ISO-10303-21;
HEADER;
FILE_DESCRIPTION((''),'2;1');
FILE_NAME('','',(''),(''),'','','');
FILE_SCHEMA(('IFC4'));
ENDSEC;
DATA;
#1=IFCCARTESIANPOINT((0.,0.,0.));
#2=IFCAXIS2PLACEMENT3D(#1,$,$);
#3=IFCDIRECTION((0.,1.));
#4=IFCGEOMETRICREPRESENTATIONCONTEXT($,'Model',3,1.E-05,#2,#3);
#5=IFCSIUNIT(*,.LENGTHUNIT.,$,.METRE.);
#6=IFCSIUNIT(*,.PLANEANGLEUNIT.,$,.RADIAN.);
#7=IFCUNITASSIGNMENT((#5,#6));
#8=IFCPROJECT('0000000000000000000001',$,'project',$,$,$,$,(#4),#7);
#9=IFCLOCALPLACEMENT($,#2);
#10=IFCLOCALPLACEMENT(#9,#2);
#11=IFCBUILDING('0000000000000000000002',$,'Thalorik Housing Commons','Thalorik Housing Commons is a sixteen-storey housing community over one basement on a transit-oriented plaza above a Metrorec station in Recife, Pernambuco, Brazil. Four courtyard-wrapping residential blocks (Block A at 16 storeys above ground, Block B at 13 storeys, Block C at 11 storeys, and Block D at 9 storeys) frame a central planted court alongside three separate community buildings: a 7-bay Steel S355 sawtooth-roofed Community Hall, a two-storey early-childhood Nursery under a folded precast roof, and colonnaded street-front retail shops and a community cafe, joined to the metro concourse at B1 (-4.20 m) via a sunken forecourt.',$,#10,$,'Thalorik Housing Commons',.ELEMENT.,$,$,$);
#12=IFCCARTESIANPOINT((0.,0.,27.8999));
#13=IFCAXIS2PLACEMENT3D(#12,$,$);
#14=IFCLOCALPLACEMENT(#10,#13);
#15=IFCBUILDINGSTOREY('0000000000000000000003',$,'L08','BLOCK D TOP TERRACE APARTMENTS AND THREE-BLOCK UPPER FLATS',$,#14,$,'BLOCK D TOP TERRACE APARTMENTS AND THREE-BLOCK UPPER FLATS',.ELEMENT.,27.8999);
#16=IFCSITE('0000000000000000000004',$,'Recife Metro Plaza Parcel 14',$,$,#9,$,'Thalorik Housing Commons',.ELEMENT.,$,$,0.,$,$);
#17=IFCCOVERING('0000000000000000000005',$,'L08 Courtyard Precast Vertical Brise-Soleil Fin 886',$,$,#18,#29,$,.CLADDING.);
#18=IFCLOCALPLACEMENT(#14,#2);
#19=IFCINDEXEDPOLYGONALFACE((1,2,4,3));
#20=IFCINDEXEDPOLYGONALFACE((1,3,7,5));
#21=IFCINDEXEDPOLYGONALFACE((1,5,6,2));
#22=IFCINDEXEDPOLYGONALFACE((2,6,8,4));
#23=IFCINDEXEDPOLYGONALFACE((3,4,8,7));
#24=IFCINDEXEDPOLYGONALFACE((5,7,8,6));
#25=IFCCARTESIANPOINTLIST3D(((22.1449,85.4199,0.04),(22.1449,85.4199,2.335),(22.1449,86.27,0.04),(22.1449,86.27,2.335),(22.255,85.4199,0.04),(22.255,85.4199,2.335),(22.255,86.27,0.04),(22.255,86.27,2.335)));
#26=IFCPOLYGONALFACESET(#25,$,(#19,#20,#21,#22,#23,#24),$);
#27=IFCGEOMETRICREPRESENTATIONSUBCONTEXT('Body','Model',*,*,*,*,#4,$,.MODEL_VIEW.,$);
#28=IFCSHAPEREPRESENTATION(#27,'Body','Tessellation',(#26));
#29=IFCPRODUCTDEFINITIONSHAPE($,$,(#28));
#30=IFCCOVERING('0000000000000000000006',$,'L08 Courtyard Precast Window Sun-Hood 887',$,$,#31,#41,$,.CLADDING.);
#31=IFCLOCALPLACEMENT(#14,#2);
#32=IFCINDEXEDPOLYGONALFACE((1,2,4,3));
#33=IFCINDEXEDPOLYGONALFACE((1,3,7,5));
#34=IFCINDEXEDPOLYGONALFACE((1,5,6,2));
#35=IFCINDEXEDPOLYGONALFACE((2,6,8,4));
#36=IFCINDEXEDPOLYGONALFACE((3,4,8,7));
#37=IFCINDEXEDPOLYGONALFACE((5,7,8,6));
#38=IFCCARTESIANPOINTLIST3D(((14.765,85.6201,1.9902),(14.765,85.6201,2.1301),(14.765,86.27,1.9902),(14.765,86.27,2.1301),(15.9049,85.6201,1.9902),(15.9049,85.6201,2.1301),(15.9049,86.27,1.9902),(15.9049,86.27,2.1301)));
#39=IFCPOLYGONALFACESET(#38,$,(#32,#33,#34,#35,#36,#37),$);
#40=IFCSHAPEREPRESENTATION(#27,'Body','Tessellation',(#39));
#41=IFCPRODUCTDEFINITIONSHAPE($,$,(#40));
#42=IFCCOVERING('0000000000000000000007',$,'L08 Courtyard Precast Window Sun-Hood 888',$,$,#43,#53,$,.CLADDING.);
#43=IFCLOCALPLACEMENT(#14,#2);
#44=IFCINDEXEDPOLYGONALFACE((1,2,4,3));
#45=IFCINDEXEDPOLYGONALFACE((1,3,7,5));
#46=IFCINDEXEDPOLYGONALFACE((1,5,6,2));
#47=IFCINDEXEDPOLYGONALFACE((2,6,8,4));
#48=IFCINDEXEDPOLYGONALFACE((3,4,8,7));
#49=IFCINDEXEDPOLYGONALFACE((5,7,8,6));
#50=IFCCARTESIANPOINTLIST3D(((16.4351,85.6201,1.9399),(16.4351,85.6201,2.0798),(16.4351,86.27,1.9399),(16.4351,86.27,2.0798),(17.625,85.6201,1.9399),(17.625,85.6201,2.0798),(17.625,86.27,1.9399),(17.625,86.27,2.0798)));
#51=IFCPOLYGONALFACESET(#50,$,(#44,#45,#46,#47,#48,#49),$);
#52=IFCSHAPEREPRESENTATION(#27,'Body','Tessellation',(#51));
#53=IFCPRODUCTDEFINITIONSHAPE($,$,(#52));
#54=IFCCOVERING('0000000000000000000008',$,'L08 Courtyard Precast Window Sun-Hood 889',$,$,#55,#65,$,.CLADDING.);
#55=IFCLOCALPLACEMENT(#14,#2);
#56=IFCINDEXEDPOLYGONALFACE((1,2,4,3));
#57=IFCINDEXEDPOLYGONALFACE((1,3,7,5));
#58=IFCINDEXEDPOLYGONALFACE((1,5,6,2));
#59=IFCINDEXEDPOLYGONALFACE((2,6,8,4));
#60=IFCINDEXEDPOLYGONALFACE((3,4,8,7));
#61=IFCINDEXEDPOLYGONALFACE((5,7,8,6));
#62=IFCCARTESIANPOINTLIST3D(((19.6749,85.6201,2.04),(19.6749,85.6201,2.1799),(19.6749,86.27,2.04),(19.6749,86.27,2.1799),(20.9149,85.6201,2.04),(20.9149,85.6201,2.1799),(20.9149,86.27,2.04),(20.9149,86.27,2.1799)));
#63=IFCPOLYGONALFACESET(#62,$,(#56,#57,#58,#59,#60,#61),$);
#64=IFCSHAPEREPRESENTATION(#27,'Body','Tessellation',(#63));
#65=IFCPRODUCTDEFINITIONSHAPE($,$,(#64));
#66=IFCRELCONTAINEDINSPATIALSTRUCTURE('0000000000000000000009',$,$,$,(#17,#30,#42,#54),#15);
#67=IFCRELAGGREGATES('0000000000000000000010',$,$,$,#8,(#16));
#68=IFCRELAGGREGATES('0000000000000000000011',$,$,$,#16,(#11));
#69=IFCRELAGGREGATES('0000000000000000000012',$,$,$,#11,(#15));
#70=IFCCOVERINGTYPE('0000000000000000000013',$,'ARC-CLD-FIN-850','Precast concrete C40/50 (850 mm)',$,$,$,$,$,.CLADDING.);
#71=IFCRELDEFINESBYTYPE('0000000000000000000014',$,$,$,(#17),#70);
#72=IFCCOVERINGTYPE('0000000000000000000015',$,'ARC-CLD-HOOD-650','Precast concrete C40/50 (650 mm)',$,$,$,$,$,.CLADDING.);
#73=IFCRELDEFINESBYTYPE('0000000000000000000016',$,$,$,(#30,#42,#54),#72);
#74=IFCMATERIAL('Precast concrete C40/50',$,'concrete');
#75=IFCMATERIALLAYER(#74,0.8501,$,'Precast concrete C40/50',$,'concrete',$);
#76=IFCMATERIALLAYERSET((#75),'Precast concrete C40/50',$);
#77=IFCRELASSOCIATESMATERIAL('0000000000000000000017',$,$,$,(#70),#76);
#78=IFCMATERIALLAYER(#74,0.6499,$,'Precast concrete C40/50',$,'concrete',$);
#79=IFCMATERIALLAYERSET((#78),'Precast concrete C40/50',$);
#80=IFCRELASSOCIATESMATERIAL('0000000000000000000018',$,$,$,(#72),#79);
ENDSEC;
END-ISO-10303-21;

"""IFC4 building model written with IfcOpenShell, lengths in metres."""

from ifc_helpers import new_model, si_unit, direction, frame, origin, origin_2d, place, context, subcontext, project, spatial, rectangle, extrude, material, layer, layer_set, type_object, element, save


model = new_model("IFC4")

# Units and contexts
model_context = context("Model", 3, precision=1e-05, world=origin(), true_north=direction((0.0, 1.0)))
body_context = subcontext(model_context, "Body", "Model", "MODEL_VIEW")
ifc_project = project(units=[si_unit("LENGTHUNIT", "METRE"), si_unit("PLANEANGLEUNIT", "RADIAN")], contexts=[model_context])

# Site, building, storey
site_placement = place(None, origin())
site = spatial("IfcSite", under=ifc_project, at=site_placement, Name="Recife Metro Plaza Parcel 14", LongName="Thalorik Housing Commons", CompositionType="ELEMENT", RefElevation=0.0)
building_placement = place(site_placement, origin())
building = spatial("IfcBuilding", under=site, at=building_placement, Name="Thalorik Housing Commons", Description="Thalorik Housing Commons is a sixteen-storey housing community over one basement on a transit-oriented plaza above a Metrorec station in Recife, Pernambuco, Brazil. Four courtyard-wrapping residential blocks (Block A at 16 storeys above ground, Block B at 13 storeys, Block C at 11 storeys, and Block D at 9 storeys) frame a central planted court alongside three separate community buildings: a 7-bay Steel S355 sawtooth-roofed Community Hall, a two-storey early-childhood Nursery under a folded precast roof, and colonnaded street-front retail shops and a community cafe, joined to the metro concourse at B1 (-4.20 m) via a sunken forecourt.", LongName="Thalorik Housing Commons", CompositionType="ELEMENT")
storey_placement = place(building_placement, frame((0.0, 0.0, 27.8999)))
storey = spatial("IfcBuildingStorey", under=building, at=storey_placement, Name="L08", Description="BLOCK D TOP TERRACE APARTMENTS AND THREE-BLOCK UPPER FLATS", LongName="BLOCK D TOP TERRACE APARTMENTS AND THREE-BLOCK UPPER FLATS", CompositionType="ELEMENT", Elevation=27.8999)

# Shared definitions
ifc_material_1 = material(Name="Precast concrete C40/50", Category="concrete")

# Coverings
ifc_layer_1 = layer(ifc_material_1, 0.8501, Name="Precast concrete C40/50", Category="concrete")
ifc_layer_set_1 = layer_set([ifc_layer_1], Name="Precast concrete C40/50")
covering_type_1 = type_object("IfcCoveringType", Name="ARC-CLD-FIN-850", Description="Precast concrete C40/50 (850 mm)", PredefinedType="CLADDING", material=ifc_layer_set_1)
covering_1_placement = place(storey_placement, frame((22.2, 85.845, 0.04), z_axis=(0.0, 0.0, 1.0), x_axis=(1.0, 0.0, 0.0)))
element("IfcCovering", 1, at=covering_1_placement, inside=storey, type_object=covering_type_1, Name="L08 Courtyard Precast Vertical Brise-Soleil Fin 886", PredefinedType="CLADDING", context=body_context, shape_type="SweptSolid", body=[
    extrude(rectangle(XDim=0.1101, YDim=0.8501, at=origin_2d()), origin(), (0.0, 0.0, 1.0), 2.2949),
])
ifc_layer_2 = layer(ifc_material_1, 0.6499, Name="Precast concrete C40/50", Category="concrete")
ifc_layer_set_2 = layer_set([ifc_layer_2], Name="Precast concrete C40/50")
covering_type_2 = type_object("IfcCoveringType", Name="ARC-CLD-HOOD-650", Description="Precast concrete C40/50 (650 mm)", PredefinedType="CLADDING", material=ifc_layer_set_2)
covering_2_placement = place(storey_placement, frame((15.335, 85.9451, 1.9902), z_axis=(0.0, 0.0, 1.0), x_axis=(1.0, 0.0, 0.0)))
element("IfcCovering", 2, at=covering_2_placement, inside=storey, type_object=covering_type_2, Name="L08 Courtyard Precast Window Sun-Hood 887", PredefinedType="CLADDING", context=body_context, shape_type="SweptSolid", body=[
    extrude(rectangle(XDim=1.1399, YDim=0.6499, at=origin_2d()), origin(), (0.0, 0.0, 1.0), 0.1399),
])
covering_3_placement = place(storey_placement, frame((17.03, 85.9451, 1.9399), z_axis=(0.0, 0.0, 1.0), x_axis=(1.0, 0.0, 0.0)))
element("IfcCovering", 3, at=covering_3_placement, inside=storey, type_object=covering_type_2, Name="L08 Courtyard Precast Window Sun-Hood 888", PredefinedType="CLADDING", context=body_context, shape_type="SweptSolid", body=[
    extrude(rectangle(XDim=1.1899, YDim=0.6499, at=origin_2d()), origin(), (0.0, 0.0, 1.0), 0.1399),
])
covering_4_placement = place(storey_placement, frame((20.2949, 85.9451, 2.04), z_axis=(0.0, 0.0, 1.0), x_axis=(1.0, 0.0, 0.0)))
element("IfcCovering", 4, at=covering_4_placement, inside=storey, type_object=covering_type_2, Name="L08 Courtyard Precast Window Sun-Hood 889", PredefinedType="CLADDING", context=body_context, shape_type="SweptSolid", body=[
    extrude(rectangle(XDim=1.24, YDim=0.6499, at=origin_2d()), origin(), (0.0, 0.0, 1.0), 0.1399),
])

save(model, "model.ifc")
